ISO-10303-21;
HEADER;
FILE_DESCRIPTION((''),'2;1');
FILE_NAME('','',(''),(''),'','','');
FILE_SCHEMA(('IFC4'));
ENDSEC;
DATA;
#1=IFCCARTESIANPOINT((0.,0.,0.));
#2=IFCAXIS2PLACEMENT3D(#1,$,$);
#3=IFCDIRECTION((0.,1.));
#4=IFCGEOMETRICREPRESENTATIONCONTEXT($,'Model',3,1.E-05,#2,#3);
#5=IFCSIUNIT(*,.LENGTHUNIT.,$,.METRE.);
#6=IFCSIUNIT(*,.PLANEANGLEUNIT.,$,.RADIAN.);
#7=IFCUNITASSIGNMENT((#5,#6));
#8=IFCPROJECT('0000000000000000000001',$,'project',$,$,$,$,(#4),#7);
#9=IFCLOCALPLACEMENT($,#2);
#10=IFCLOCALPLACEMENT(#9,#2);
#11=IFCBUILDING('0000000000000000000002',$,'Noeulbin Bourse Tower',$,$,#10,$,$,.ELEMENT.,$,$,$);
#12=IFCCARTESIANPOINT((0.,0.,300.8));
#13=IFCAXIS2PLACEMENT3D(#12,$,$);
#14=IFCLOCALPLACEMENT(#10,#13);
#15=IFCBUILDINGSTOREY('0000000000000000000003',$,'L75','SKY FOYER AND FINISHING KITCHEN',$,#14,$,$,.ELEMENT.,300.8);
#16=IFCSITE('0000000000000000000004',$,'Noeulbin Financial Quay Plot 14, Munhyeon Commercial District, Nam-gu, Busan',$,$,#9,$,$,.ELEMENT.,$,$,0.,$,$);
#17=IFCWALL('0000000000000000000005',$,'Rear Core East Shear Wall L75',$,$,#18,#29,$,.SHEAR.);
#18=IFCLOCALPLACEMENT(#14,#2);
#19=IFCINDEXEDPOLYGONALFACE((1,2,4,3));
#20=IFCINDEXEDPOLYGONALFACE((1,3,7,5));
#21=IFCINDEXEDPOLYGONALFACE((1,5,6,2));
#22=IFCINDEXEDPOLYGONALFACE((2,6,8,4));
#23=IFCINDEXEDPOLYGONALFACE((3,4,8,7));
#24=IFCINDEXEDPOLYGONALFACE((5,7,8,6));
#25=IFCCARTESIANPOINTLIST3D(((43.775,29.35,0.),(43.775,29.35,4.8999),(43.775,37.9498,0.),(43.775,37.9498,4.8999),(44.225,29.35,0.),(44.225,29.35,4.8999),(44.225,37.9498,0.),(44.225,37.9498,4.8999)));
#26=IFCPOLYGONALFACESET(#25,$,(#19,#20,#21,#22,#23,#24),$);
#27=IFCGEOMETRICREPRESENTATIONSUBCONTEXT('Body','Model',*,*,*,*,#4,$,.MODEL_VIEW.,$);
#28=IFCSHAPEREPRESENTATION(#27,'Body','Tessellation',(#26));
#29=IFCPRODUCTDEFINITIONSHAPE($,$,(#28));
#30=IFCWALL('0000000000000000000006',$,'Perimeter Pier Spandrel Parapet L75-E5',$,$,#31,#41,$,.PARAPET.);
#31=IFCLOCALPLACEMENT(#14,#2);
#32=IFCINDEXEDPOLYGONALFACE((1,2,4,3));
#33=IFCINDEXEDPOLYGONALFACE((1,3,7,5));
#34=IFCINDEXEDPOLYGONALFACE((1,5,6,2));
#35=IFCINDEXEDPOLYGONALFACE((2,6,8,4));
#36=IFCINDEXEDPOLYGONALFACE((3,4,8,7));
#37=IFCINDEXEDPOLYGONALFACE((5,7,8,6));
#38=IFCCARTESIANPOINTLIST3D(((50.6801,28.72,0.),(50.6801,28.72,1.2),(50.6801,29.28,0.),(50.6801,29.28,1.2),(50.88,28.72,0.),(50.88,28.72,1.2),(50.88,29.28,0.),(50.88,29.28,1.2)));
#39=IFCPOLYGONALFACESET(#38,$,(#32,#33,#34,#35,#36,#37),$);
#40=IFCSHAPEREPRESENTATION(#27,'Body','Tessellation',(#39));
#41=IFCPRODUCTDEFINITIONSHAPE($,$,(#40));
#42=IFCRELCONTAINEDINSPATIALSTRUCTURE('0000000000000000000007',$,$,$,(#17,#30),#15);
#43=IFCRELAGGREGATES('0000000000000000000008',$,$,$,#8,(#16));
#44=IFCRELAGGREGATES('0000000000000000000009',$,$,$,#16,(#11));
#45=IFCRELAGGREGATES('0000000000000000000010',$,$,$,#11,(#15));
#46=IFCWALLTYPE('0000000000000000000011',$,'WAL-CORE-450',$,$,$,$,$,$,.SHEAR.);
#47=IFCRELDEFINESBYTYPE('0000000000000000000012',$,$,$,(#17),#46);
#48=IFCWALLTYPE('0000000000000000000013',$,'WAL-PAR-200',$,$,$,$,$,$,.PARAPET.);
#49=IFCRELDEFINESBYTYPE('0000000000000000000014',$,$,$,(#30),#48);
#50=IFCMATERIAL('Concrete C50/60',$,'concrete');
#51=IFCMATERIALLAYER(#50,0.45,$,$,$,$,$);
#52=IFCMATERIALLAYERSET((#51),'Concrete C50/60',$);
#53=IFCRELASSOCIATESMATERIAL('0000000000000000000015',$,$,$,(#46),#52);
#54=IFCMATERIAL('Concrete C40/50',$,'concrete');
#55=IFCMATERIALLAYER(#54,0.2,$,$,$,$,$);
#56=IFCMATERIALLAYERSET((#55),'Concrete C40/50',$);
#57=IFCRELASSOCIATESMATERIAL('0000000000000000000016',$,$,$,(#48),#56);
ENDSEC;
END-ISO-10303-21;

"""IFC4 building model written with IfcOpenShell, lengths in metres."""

from ifc_helpers import new_model, si_unit, direction, frame, frame_2d, origin, place, context, subcontext, project, spatial, rectangle, extrude, material, layer, layer_set, type_object, element, save


model = new_model("IFC4")

# Units and contexts
model_context = context("Model", 3, precision=1e-05, world=origin(), true_north=direction((0.0, 1.0)))
body_context = subcontext(model_context, "Body", "Model", "MODEL_VIEW")
ifc_project = project(units=[si_unit("LENGTHUNIT", "METRE"), si_unit("PLANEANGLEUNIT", "RADIAN")], contexts=[model_context])

# Site, building, storey
site_placement = place(None, origin())
site = spatial("IfcSite", under=ifc_project, at=site_placement, Name="Noeulbin Financial Quay Plot 14, Munhyeon Commercial District, Nam-gu, Busan", CompositionType="ELEMENT", RefElevation=0.0)
building_placement = place(site_placement, origin())
building = spatial("IfcBuilding", under=site, at=building_placement, Name="Noeulbin Bourse Tower", CompositionType="ELEMENT")
storey_placement = place(building_placement, frame((0.0, 0.0, 300.8)))
storey = spatial("IfcBuildingStorey", under=building, at=storey_placement, Name="L75", Description="SKY FOYER AND FINISHING KITCHEN", CompositionType="ELEMENT", Elevation=300.8)

# Walls
ifc_material_1 = material(Name="Concrete C50/60", Category="concrete")
ifc_layer_1 = layer(ifc_material_1, 0.45)
ifc_layer_set_1 = layer_set([ifc_layer_1], Name="Concrete C50/60")
wall_type_1 = type_object("IfcWallType", Name="WAL-CORE-450", PredefinedType="SHEAR", material=ifc_layer_set_1)
wall_1_placement = place(storey_placement, frame((44.0, 29.3501, 0.0), z_axis=(0.0, 0.0, 1.0), x_axis=(0.0, 1.0, 0.0)))
element("IfcWall", 1, at=wall_1_placement, inside=storey, type_object=wall_type_1, Name="Rear Core East Shear Wall L75", PredefinedType="SHEAR", context=body_context, shape_type="SweptSolid", body=[
    extrude(rectangle(XDim=8.5999, YDim=0.45, at=frame_2d((4.2998, 0.0))), origin(), (0.0, 0.0, 1.0), 4.8999),
])
ifc_material_2 = material(Name="Concrete C40/50", Category="concrete")
ifc_layer_2 = layer(ifc_material_2, 0.2)
ifc_layer_set_2 = layer_set([ifc_layer_2], Name="Concrete C40/50")
wall_type_2 = type_object("IfcWallType", Name="WAL-PAR-200", PredefinedType="PARAPET", material=ifc_layer_set_2)
wall_2_placement = place(storey_placement, frame((50.78, 28.72, 0.0), z_axis=(0.0, 0.0, 1.0), x_axis=(0.0, 1.0, 0.0)))
element("IfcWall", 2, at=wall_2_placement, inside=storey, type_object=wall_type_2, Name="Perimeter Pier Spandrel Parapet L75-E5", PredefinedType="PARAPET", context=body_context, shape_type="SweptSolid", body=[
    extrude(rectangle(XDim=0.5601, YDim=0.2, at=frame_2d((0.28, 0.0))), origin(), (0.0, 0.0, 1.0), 1.2),
])

save(model, "model.ifc")
